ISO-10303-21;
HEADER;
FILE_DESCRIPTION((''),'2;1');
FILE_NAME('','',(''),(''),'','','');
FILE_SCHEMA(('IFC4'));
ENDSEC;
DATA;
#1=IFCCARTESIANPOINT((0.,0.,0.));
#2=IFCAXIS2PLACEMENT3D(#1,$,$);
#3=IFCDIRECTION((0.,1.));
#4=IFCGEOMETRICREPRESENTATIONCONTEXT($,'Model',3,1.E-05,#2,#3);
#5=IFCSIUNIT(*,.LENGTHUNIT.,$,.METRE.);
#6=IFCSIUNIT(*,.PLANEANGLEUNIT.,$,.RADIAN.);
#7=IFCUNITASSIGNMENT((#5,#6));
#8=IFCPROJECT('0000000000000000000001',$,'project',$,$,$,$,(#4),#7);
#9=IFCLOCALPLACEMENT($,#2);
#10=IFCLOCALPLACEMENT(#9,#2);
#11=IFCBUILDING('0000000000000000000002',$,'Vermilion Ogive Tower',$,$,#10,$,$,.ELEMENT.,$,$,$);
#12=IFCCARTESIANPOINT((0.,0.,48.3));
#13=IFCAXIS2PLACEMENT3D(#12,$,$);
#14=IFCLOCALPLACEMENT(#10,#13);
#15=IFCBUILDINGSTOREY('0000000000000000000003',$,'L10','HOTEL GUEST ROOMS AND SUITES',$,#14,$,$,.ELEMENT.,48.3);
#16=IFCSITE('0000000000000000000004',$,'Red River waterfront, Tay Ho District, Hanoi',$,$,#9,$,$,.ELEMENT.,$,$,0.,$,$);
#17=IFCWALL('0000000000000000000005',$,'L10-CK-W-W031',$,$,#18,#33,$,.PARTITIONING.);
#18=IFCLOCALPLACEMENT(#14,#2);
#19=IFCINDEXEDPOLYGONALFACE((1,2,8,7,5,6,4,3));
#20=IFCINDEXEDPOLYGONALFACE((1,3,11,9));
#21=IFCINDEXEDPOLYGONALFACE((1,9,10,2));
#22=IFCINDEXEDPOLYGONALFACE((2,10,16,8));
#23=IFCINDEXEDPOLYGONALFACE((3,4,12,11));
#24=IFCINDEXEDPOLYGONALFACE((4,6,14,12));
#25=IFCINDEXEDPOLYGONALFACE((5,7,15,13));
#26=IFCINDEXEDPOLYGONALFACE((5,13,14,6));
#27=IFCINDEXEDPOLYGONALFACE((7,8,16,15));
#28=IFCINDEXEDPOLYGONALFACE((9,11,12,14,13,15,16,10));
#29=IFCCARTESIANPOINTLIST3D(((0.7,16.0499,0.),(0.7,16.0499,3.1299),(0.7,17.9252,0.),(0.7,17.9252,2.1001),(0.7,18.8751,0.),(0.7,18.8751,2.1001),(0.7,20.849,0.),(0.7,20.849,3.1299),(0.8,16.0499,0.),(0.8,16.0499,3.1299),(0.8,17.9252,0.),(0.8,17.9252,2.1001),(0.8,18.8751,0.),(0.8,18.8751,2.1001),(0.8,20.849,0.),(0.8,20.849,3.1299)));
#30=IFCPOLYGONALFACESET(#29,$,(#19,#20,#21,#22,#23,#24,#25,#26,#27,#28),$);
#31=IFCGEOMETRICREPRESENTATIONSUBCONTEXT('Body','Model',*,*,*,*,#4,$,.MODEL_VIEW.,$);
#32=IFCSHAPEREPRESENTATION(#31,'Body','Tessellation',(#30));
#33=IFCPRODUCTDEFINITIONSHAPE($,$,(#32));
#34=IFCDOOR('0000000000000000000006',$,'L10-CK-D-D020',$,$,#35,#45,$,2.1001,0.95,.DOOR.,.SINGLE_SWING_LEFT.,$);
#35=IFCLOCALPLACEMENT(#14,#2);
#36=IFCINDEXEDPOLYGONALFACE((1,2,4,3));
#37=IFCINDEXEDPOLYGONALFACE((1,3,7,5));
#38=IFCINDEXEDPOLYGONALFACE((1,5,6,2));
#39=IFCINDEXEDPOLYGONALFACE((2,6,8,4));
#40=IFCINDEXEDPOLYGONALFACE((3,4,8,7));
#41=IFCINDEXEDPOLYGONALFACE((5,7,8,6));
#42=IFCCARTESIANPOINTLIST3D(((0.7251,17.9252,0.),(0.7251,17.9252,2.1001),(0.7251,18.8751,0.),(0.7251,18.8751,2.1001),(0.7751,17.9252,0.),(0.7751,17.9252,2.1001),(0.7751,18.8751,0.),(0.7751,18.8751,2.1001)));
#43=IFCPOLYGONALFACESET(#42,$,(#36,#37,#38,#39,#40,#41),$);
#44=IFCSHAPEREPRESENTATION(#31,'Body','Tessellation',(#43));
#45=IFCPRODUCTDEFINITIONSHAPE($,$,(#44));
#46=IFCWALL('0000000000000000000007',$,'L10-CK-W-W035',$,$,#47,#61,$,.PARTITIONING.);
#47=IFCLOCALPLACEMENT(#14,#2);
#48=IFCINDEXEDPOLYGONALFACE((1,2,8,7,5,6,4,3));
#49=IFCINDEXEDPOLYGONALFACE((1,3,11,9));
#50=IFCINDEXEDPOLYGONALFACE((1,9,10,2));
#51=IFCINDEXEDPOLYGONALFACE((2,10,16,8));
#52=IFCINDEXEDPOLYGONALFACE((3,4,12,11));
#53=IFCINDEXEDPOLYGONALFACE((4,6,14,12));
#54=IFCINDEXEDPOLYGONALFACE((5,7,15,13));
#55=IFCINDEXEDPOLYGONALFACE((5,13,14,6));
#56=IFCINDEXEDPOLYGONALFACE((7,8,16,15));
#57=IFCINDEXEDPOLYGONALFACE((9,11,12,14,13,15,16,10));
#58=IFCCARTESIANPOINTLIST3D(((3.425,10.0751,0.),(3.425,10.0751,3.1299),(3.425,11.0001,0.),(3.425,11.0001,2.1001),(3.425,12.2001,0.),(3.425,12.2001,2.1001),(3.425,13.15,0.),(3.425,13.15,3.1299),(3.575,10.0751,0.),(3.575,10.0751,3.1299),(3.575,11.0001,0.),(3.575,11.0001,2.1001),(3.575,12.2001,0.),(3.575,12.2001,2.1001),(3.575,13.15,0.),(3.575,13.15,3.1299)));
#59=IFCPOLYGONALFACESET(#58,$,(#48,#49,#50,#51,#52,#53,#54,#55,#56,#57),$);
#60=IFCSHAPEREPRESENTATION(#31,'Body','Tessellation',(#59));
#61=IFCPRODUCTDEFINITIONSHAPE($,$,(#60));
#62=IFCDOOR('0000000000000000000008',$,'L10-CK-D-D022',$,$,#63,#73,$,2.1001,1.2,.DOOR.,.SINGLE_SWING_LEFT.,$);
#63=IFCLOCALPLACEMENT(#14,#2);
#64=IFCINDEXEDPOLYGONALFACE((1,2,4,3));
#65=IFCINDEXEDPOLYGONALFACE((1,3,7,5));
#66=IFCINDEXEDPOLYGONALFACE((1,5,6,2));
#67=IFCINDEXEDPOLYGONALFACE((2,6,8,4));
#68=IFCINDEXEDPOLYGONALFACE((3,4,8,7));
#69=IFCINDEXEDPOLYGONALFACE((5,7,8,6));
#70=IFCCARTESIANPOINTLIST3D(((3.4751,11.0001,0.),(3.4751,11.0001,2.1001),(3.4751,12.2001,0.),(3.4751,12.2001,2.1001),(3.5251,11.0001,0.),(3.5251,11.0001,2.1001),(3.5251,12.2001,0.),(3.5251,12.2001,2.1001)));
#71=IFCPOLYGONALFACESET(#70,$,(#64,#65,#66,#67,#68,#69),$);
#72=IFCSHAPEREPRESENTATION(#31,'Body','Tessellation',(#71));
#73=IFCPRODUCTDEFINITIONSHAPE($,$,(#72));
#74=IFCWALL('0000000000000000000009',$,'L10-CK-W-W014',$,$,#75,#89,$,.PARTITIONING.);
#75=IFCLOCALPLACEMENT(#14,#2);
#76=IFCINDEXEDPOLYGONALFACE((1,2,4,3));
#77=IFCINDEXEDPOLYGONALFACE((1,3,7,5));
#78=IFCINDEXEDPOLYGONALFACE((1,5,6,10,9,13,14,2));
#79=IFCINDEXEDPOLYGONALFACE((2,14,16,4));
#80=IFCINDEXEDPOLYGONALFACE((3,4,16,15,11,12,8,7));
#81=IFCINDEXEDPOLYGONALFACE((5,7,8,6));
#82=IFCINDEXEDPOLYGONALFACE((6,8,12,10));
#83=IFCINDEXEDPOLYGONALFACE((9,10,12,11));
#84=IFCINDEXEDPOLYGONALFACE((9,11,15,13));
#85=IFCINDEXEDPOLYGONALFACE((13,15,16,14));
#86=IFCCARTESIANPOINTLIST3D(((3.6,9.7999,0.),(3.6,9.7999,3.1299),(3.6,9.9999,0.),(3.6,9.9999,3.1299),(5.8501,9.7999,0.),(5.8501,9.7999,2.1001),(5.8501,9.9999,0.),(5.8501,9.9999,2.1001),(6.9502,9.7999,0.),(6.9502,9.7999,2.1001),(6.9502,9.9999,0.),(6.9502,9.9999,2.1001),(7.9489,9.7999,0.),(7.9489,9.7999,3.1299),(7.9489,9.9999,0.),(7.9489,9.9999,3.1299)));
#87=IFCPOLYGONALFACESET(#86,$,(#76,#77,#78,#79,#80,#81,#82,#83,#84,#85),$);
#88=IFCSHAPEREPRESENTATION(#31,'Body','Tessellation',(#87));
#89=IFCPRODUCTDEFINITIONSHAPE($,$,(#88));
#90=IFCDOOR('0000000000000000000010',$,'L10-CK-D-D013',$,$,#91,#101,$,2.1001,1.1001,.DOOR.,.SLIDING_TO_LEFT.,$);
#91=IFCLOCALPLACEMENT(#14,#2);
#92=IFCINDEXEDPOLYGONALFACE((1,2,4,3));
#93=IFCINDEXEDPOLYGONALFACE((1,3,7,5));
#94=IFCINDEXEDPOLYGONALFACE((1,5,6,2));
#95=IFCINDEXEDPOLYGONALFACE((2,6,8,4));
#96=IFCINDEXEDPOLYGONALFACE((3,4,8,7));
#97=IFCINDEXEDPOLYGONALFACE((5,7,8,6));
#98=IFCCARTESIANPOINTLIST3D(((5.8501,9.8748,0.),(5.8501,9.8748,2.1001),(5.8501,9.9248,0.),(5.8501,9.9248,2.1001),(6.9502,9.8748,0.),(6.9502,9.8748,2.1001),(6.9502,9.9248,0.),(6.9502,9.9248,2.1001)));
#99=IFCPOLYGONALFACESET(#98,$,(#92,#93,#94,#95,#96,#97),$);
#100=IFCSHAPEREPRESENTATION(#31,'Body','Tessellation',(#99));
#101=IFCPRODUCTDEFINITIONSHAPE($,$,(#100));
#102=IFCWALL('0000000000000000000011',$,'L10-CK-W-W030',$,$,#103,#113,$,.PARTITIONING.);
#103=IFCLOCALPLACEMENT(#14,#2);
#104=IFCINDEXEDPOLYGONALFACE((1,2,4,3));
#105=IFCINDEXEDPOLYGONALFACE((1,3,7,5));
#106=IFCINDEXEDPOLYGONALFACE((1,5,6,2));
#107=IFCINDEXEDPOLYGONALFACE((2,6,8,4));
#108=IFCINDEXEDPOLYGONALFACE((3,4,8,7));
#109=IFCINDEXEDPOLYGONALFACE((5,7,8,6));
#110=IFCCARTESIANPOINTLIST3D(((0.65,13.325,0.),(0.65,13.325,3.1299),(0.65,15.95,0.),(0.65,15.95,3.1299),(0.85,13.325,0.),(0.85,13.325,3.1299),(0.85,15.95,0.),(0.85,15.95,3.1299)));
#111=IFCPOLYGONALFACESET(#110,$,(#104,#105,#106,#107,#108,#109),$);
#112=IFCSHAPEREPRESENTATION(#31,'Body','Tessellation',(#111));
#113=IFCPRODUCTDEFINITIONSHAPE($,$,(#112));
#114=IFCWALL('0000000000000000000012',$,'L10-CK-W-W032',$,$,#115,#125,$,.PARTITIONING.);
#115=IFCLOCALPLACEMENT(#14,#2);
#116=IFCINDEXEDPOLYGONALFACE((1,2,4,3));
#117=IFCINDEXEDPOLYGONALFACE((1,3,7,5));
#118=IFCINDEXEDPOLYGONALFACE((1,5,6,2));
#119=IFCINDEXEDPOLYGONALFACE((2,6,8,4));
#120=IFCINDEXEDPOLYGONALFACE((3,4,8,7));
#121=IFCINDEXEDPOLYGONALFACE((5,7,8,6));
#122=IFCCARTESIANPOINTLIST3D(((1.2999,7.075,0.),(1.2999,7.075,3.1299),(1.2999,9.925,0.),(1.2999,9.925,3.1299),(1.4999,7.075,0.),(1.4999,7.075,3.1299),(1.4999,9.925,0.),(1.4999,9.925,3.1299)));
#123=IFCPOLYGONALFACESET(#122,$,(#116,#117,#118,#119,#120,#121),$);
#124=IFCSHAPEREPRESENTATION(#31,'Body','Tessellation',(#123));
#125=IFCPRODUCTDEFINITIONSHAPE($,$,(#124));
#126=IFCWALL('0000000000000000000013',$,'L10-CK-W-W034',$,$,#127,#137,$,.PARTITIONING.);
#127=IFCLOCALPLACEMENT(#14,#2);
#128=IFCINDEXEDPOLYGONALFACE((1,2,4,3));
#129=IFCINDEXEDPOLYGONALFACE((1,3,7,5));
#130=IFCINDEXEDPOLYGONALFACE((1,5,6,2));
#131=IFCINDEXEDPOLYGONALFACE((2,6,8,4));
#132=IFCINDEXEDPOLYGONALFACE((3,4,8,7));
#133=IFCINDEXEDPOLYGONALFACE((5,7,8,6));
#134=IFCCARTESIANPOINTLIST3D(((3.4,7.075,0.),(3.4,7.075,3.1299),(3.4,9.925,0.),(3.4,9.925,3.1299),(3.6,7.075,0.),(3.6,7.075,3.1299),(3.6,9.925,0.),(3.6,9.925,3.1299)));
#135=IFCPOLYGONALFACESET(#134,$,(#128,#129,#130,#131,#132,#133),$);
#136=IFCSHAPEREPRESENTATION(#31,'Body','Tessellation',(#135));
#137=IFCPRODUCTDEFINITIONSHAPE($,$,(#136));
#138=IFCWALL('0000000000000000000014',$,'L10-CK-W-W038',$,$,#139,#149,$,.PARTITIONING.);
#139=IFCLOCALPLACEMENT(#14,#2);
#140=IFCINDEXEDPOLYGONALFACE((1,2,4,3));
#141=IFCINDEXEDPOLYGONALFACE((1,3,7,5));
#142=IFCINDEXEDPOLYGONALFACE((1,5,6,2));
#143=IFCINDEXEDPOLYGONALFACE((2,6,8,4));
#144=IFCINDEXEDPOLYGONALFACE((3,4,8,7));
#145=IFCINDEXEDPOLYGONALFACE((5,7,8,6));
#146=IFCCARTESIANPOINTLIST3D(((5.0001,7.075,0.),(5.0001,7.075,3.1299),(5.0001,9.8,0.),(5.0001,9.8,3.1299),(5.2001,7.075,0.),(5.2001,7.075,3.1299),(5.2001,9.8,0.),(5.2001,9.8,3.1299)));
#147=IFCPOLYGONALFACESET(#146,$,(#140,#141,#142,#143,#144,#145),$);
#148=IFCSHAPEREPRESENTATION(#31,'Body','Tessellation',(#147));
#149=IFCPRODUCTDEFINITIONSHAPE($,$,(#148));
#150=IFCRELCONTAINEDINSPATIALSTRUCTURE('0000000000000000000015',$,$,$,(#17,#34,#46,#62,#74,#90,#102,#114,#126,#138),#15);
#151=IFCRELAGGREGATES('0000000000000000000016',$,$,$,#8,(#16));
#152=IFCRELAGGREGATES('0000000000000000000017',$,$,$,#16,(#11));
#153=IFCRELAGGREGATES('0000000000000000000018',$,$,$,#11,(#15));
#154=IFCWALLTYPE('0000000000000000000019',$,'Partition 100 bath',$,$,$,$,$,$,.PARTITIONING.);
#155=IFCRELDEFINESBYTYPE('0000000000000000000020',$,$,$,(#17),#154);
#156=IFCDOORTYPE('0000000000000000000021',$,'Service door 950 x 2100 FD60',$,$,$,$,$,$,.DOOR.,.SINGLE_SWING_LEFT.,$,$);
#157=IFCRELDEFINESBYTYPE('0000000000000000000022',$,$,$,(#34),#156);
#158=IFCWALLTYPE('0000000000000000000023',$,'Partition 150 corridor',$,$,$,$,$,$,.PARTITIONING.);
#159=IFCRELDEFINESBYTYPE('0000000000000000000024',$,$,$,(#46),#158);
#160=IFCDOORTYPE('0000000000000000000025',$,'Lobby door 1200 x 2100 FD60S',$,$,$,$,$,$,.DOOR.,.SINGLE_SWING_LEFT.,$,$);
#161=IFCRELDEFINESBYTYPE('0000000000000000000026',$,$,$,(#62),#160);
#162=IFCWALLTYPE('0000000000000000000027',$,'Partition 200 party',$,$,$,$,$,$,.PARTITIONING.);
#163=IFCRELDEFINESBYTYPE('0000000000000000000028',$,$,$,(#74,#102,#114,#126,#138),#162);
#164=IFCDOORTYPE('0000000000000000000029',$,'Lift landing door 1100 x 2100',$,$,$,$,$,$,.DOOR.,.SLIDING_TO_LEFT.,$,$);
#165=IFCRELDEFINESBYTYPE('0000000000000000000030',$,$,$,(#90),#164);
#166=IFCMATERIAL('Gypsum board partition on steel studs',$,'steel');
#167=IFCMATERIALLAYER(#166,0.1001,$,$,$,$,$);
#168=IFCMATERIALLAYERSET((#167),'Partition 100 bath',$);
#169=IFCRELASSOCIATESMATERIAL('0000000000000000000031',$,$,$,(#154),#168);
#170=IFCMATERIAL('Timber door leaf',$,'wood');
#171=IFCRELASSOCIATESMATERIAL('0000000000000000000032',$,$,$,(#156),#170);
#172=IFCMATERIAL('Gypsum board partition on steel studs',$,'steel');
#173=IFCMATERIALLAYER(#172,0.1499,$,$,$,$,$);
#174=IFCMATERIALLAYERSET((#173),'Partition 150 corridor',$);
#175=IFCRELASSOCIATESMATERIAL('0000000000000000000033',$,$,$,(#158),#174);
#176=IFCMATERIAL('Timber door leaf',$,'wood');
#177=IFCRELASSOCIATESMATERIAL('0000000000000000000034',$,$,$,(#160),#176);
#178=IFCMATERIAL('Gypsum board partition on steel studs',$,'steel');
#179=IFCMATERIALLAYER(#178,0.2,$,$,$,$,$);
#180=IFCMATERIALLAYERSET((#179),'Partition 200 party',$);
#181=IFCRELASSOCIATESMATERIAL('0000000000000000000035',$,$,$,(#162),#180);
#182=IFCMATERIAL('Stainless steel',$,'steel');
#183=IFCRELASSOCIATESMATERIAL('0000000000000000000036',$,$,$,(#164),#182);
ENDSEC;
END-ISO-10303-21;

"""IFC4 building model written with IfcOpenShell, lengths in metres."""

from ifc_helpers import new_model, si_unit, direction, frame, frame_2d, origin, place, context, subcontext, project, spatial, rectangle, extrude, material, layer, layer_set, type_object, element, fill, save


model = new_model("IFC4")

# Units and contexts
model_context = context("Model", 3, precision=1e-05, world=origin(), true_north=direction((0.0, 1.0)))
body_context = subcontext(model_context, "Body", "Model", "MODEL_VIEW")
ifc_project = project(units=[si_unit("LENGTHUNIT", "METRE"), si_unit("PLANEANGLEUNIT", "RADIAN")], contexts=[model_context])

# Site, building, storey
site_placement = place(None, origin())
site = spatial("IfcSite", under=ifc_project, at=site_placement, Name="Red River waterfront, Tay Ho District, Hanoi", CompositionType="ELEMENT", RefElevation=0.0)
building_placement = place(site_placement, origin())
building = spatial("IfcBuilding", under=site, at=building_placement, Name="Vermilion Ogive Tower", CompositionType="ELEMENT")
storey_placement = place(building_placement, frame((0.0, 0.0, 48.3)))
storey = spatial("IfcBuildingStorey", under=building, at=storey_placement, Name="L10", Description="HOTEL GUEST ROOMS AND SUITES", CompositionType="ELEMENT", Elevation=48.3)

# Shared definitions
ifc_material_1 = material(Name="Gypsum board partition on steel studs", Category="steel")
ifc_layer_1 = layer(ifc_material_1, 0.1001)
ifc_layer_set_1 = layer_set([ifc_layer_1], Name="Partition 100 bath")
wall_type_1 = type_object("IfcWallType", Name="Partition 100 bath", PredefinedType="PARTITIONING", material=ifc_layer_set_1)

# Walls, openings, doors
wall_1_placement = place(storey_placement, frame((0.75, 16.05, 0.0), z_axis=(0.0, 0.0, 1.0), x_axis=(0.0, 1.0, 0.0)))
wall_1 = element("IfcWall", 1, at=wall_1_placement, inside=storey, type_object=wall_type_1, Name="L10-CK-W-W031", PredefinedType="PARTITIONING", context=body_context, shape_type="SweptSolid", body=[
    extrude(rectangle(XDim=4.7991, YDim=0.1001, at=frame_2d((2.3994, 0.0))), origin(), (0.0, 0.0, 1.0), 3.1299),
])
opening_1_placement = place(wall_1_placement, frame((1.875, 0.0, 0.0)))
opening_1 = element("IfcOpeningElement", 2, at=opening_1_placement, cuts=wall_1, PredefinedType="OPENING", context=body_context, shape_type="SweptSolid", body=[
    extrude(rectangle(XDim=0.95, YDim=2.1001, at=frame_2d((0.4751, 1.05))), frame((0.0, 0.0601, 0.0), z_axis=(0.0, -1.0, 0.0), x_axis=(1.0, 0.0, 0.0)), (0.0, 0.0, 1.0), 0.1201),
])
ifc_material_2 = material(Name="Timber door leaf", Category="wood")
door_type_1 = type_object("IfcDoorType", Name="Service door 950 x 2100 FD60", OperationType="SINGLE_SWING_LEFT", PredefinedType="DOOR", material=ifc_material_2)
door_1_placement = place(opening_1_placement, origin())
door_1 = element("IfcDoor", 3, at=door_1_placement, inside=storey, type_object=door_type_1, Name="L10-CK-D-D020", OperationType="SINGLE_SWING_LEFT", OverallHeight=2.1001, OverallWidth=0.95, PredefinedType="DOOR", context=body_context, shape_type="SweptSolid", body=[
    extrude(rectangle(XDim=0.95, YDim=2.1001, at=frame_2d((0.4751, 1.05))), frame((0.0, 0.0249, 0.0), z_axis=(0.0, -1.0, 0.0), x_axis=(1.0, 0.0, 0.0)), (0.0, 0.0, 1.0), 0.05),
])
fill(opening_1, door_1)
ifc_material_3 = material(Name="Gypsum board partition on steel studs", Category="steel")
ifc_layer_2 = layer(ifc_material_3, 0.1499)
ifc_layer_set_2 = layer_set([ifc_layer_2], Name="Partition 150 corridor")
wall_type_2 = type_object("IfcWallType", Name="Partition 150 corridor", PredefinedType="PARTITIONING", material=ifc_layer_set_2)
wall_2_placement = place(storey_placement, frame((3.5, 10.075, 0.0), z_axis=(0.0, 0.0, 1.0), x_axis=(0.0, 1.0, 0.0)))
wall_2 = element("IfcWall", 4, at=wall_2_placement, inside=storey, type_object=wall_type_2, Name="L10-CK-W-W035", PredefinedType="PARTITIONING", context=body_context, shape_type="SweptSolid", body=[
    extrude(rectangle(XDim=3.075, YDim=0.1499, at=frame_2d((1.5376, 0.0))), origin(), (0.0, 0.0, 1.0), 3.1299),
])
opening_2_placement = place(wall_2_placement, frame((0.925, 0.0, 0.0)))
opening_2 = element("IfcOpeningElement", 5, at=opening_2_placement, cuts=wall_2, PredefinedType="OPENING", context=body_context, shape_type="SweptSolid", body=[
    extrude(rectangle(XDim=1.2, YDim=2.1001, at=frame_2d((0.6001, 1.05))), frame((0.0, 0.085, 0.0), z_axis=(0.0, -1.0, 0.0), x_axis=(1.0, 0.0, 0.0)), (0.0, 0.0, 1.0), 0.1699),
])
ifc_material_4 = material(Name="Timber door leaf", Category="wood")
door_type_2 = type_object("IfcDoorType", Name="Lobby door 1200 x 2100 FD60S", OperationType="SINGLE_SWING_LEFT", PredefinedType="DOOR", material=ifc_material_4)
door_2_placement = place(opening_2_placement, origin())
door_2 = element("IfcDoor", 6, at=door_2_placement, inside=storey, type_object=door_type_2, Name="L10-CK-D-D022", OperationType="SINGLE_SWING_LEFT", OverallHeight=2.1001, OverallWidth=1.2, PredefinedType="DOOR", context=body_context, shape_type="SweptSolid", body=[
    extrude(rectangle(XDim=1.2, YDim=2.1001, at=frame_2d((0.6001, 1.05))), frame((0.0, 0.0249, 0.0), z_axis=(0.0, -1.0, 0.0), x_axis=(1.0, 0.0, 0.0)), (0.0, 0.0, 1.0), 0.05),
])
fill(opening_2, door_2)
ifc_material_5 = material(Name="Gypsum board partition on steel studs", Category="steel")
ifc_layer_3 = layer(ifc_material_5, 0.2)
ifc_layer_set_3 = layer_set([ifc_layer_3], Name="Partition 200 party")
wall_type_3 = type_object("IfcWallType", Name="Partition 200 party", PredefinedType="PARTITIONING", material=ifc_layer_set_3)
wall_3_placement = place(storey_placement, frame((3.6001, 9.8999, 0.0), z_axis=(0.0, 0.0, 1.0), x_axis=(1.0, 0.0, 0.0)))
wall_3 = element("IfcWall", 7, at=wall_3_placement, inside=storey, type_object=wall_type_3, Name="L10-CK-W-W014", PredefinedType="PARTITIONING", context=body_context, shape_type="SweptSolid", body=[
    extrude(rectangle(XDim=4.3489, YDim=0.2, at=frame_2d((2.1743, 0.0))), origin(), (0.0, 0.0, 1.0), 3.1299),
])
opening_3_placement = place(wall_3_placement, frame((2.25, 0.0, 0.0)))
opening_3 = element("IfcOpeningElement", 8, at=opening_3_placement, cuts=wall_3, PredefinedType="OPENING", context=body_context, shape_type="SweptSolid", body=[
    extrude(rectangle(XDim=1.1001, YDim=2.1001, at=frame_2d((0.55, 1.05))), frame((0.0, 0.1099, 0.0), z_axis=(0.0, -1.0, 0.0), x_axis=(1.0, 0.0, 0.0)), (0.0, 0.0, 1.0), 0.22),
])
ifc_material_6 = material(Name="Stainless steel", Category="steel")
door_type_3 = type_object("IfcDoorType", Name="Lift landing door 1100 x 2100", OperationType="SLIDING_TO_LEFT", PredefinedType="DOOR", material=ifc_material_6)
door_3_placement = place(opening_3_placement, origin())
door_3 = element("IfcDoor", 9, at=door_3_placement, inside=storey, type_object=door_type_3, Name="L10-CK-D-D013", OperationType="SLIDING_TO_LEFT", OverallHeight=2.1001, OverallWidth=1.1001, PredefinedType="DOOR", context=body_context, shape_type="SweptSolid", body=[
    extrude(rectangle(XDim=1.1001, YDim=2.1001, at=frame_2d((0.55, 1.05))), frame((0.0, 0.0249, 0.0), z_axis=(0.0, -1.0, 0.0), x_axis=(1.0, 0.0, 0.0)), (0.0, 0.0, 1.0), 0.05),
])
fill(opening_3, door_3)

# Walls
wall_4_placement = place(storey_placement, frame((0.75, 13.325, 0.0), z_axis=(0.0, 0.0, 1.0), x_axis=(0.0, 1.0, 0.0)))
element("IfcWall", 10, at=wall_4_placement, inside=storey, type_object=wall_type_3, Name="L10-CK-W-W030", PredefinedType="PARTITIONING", context=body_context, shape_type="SweptSolid", body=[
    extrude(rectangle(XDim=2.625, YDim=0.2, at=frame_2d((1.3125, 0.0))), origin(), (0.0, 0.0, 1.0), 3.1299),
])
for number, where, z_axis, x_axis, name in (
    (11, (1.3999, 7.075, 0.0), (0.0, 0.0, 1.0), (0.0, 1.0, 0.0), "L10-CK-W-W032"),
    (12, (3.5, 7.075, 0.0), (0.0, 0.0, 1.0), (0.0, 1.0, 0.0), "L10-CK-W-W034"),
):
    element("IfcWall", number, at=place(storey_placement, frame(where, z_axis=z_axis, x_axis=x_axis)), inside=storey, type_object=wall_type_3, Name=name, PredefinedType="PARTITIONING", context=body_context, shape_type="SweptSolid", body=[
        extrude(rectangle(XDim=2.8501, YDim=0.2, at=frame_2d((1.425, 0.0))), origin(), (0.0, 0.0, 1.0), 3.1299),
    ])
wall_5_placement = place(storey_placement, frame((5.1001, 7.075, 0.0), z_axis=(0.0, 0.0, 1.0), x_axis=(0.0, 1.0, 0.0)))
element("IfcWall", 13, at=wall_5_placement, inside=storey, type_object=wall_type_3, Name="L10-CK-W-W038", PredefinedType="PARTITIONING", context=body_context, shape_type="SweptSolid", body=[
    extrude(rectangle(XDim=2.7251, YDim=0.2, at=frame_2d((1.3625, 0.0))), origin(), (0.0, 0.0, 1.0), 3.1299),
])

save(model, "model.ifc")
